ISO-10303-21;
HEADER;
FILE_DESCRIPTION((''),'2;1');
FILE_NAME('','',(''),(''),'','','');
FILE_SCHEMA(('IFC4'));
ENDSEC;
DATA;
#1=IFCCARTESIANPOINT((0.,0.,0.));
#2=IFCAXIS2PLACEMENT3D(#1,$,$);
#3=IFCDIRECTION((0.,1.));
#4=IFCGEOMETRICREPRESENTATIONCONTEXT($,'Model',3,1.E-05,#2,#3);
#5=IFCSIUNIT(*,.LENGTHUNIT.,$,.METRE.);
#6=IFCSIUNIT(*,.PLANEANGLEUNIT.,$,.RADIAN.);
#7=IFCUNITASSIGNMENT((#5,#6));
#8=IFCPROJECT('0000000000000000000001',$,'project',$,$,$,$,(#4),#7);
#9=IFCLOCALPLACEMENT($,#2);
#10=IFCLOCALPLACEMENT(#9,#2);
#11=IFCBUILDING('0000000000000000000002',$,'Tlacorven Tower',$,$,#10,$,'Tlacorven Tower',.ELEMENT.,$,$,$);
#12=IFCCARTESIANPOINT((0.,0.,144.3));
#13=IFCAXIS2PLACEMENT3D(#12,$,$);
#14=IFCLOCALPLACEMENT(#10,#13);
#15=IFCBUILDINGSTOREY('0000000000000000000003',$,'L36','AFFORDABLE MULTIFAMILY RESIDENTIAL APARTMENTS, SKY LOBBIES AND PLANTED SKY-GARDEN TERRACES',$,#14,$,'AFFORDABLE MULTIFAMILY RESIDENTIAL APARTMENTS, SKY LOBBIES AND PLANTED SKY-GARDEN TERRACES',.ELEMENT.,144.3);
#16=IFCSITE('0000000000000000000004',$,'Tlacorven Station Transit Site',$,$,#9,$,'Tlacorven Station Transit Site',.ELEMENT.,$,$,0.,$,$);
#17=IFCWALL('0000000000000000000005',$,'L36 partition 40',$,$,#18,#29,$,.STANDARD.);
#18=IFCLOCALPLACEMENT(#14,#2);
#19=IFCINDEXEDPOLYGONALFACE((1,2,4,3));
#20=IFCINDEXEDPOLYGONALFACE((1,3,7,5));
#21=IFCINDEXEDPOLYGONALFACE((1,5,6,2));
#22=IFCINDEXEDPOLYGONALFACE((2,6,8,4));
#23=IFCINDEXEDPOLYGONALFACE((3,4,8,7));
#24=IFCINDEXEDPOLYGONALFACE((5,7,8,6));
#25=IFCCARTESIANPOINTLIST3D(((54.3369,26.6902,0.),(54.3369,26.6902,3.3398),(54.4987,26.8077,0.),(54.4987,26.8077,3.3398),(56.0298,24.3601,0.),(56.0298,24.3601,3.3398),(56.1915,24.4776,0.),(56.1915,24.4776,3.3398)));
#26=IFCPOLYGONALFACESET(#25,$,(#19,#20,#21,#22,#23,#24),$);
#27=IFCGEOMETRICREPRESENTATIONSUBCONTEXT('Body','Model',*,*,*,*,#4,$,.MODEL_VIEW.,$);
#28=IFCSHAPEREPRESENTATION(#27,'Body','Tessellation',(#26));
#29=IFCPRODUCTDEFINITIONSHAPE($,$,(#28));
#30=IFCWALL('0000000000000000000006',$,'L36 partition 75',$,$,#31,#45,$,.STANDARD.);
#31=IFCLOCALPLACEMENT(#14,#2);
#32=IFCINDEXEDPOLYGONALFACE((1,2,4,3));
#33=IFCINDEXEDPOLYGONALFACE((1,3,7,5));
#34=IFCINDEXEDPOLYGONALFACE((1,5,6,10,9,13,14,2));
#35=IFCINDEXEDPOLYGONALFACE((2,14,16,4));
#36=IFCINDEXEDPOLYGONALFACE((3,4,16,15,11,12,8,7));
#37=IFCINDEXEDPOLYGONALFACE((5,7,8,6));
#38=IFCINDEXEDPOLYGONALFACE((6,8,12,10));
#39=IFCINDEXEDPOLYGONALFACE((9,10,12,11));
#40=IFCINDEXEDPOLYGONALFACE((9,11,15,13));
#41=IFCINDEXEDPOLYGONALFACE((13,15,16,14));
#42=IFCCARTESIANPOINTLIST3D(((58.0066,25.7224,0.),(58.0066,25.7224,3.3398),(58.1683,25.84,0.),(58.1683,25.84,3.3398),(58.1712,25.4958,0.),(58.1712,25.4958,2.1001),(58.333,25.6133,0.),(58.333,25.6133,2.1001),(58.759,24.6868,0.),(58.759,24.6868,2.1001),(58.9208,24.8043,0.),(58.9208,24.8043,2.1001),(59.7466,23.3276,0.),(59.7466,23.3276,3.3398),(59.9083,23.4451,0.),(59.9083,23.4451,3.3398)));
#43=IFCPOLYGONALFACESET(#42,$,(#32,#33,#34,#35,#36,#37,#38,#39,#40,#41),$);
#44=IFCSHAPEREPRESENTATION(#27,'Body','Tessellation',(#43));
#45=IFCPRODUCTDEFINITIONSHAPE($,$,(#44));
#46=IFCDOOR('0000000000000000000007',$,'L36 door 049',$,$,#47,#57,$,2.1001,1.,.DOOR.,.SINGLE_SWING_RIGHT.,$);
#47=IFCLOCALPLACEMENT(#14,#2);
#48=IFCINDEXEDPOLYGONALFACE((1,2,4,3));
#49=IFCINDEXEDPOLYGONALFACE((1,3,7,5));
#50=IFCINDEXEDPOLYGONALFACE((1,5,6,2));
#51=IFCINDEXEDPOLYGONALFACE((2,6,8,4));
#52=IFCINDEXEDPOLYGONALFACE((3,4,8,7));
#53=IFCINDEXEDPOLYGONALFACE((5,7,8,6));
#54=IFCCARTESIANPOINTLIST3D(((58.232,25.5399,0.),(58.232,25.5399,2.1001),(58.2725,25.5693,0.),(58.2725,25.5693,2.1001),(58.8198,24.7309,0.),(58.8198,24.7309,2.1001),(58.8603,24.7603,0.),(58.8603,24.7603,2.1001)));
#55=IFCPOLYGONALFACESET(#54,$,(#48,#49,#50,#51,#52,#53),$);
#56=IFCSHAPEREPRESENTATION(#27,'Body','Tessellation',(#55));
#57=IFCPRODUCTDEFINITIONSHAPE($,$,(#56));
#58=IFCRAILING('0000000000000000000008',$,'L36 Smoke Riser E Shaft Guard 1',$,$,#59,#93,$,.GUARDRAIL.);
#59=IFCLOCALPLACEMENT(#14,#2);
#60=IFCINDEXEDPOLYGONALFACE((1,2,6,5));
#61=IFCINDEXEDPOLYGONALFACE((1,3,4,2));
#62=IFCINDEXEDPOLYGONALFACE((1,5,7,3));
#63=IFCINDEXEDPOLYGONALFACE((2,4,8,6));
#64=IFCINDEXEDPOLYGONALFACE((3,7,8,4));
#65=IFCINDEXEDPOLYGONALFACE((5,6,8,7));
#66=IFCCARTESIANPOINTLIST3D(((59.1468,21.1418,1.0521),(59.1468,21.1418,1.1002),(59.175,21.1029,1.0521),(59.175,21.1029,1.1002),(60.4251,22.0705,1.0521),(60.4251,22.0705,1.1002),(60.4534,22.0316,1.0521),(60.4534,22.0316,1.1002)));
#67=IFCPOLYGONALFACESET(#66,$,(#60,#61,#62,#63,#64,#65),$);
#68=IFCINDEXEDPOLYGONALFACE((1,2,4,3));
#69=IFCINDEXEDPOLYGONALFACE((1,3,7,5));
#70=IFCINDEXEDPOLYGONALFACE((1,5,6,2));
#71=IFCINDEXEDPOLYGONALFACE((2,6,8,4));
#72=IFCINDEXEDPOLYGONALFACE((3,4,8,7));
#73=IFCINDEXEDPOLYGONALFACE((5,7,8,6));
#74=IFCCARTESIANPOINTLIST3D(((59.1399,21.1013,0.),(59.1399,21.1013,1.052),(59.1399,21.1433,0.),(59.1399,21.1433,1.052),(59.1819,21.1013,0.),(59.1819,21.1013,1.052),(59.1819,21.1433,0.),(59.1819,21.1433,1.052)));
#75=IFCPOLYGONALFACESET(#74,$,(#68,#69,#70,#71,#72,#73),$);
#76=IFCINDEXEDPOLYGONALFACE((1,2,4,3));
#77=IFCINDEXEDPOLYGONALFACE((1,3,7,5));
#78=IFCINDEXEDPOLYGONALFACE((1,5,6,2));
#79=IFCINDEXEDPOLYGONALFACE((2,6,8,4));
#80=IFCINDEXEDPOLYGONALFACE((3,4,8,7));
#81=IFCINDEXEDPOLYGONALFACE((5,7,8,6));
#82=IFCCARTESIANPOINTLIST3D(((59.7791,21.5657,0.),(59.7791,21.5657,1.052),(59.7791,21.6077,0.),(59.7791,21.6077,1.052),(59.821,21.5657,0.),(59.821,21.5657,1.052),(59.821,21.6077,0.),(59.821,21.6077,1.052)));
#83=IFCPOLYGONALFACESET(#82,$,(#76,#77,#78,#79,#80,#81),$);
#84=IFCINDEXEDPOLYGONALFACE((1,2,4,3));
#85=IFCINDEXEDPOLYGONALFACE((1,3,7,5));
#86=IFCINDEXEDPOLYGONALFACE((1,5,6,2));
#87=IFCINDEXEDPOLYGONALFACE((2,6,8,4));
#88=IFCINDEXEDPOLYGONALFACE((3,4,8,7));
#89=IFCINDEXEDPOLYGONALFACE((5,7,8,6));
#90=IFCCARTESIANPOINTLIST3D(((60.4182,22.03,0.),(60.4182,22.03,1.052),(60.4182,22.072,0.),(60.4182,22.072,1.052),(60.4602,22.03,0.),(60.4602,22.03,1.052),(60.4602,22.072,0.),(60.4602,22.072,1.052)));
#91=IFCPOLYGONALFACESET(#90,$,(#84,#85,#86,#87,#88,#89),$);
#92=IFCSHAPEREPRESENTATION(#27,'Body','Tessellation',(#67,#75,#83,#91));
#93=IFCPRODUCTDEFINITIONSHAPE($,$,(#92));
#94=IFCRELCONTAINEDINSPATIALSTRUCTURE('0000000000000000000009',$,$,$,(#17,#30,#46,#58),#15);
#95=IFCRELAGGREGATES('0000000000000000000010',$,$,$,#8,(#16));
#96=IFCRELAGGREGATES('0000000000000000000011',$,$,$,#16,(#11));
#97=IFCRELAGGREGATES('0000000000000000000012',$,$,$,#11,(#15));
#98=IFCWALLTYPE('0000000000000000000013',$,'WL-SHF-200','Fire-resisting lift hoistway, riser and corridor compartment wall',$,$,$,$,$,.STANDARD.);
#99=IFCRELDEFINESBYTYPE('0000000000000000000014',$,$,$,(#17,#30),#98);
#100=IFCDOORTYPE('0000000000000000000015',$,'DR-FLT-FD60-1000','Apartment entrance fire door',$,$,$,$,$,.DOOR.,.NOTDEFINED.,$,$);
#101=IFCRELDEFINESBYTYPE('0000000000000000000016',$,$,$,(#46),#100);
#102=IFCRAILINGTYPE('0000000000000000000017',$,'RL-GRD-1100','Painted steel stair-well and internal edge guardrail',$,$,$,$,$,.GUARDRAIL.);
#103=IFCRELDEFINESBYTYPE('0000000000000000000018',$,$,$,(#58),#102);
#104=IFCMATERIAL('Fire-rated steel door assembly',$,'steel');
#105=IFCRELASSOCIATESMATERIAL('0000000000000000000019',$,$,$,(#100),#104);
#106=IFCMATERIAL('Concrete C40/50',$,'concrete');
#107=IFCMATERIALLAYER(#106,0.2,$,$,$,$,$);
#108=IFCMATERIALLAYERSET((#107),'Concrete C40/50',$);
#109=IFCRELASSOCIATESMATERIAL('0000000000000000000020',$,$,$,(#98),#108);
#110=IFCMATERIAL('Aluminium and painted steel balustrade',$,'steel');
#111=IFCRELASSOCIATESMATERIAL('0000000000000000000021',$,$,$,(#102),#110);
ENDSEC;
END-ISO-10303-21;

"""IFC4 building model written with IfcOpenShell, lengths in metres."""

from ifc_helpers import new_model, si_unit, direction, frame, frame_2d, origin, origin_2d, place, context, subcontext, project, spatial, rectangle, extrude, source, transform, mapped, material, layer, layer_set, type_object, element, fill, save


model = new_model("IFC4")

# Units and contexts
model_context = context("Model", 3, precision=1e-05, world=origin(), true_north=direction((0.0, 1.0)))
body_context = subcontext(model_context, "Body", "Model", "MODEL_VIEW")
ifc_project = project(units=[si_unit("LENGTHUNIT", "METRE"), si_unit("PLANEANGLEUNIT", "RADIAN")], contexts=[model_context])

# Site, building, storey
site_placement = place(None, origin())
site = spatial("IfcSite", under=ifc_project, at=site_placement, Name="Tlacorven Station Transit Site", LongName="Tlacorven Station Transit Site", CompositionType="ELEMENT", RefElevation=0.0)
building_placement = place(site_placement, origin())
building = spatial("IfcBuilding", under=site, at=building_placement, Name="Tlacorven Tower", LongName="Tlacorven Tower", CompositionType="ELEMENT")
storey_placement = place(building_placement, frame((0.0, 0.0, 144.3)))
storey = spatial("IfcBuildingStorey", under=building, at=storey_placement, Name="L36", Description="AFFORDABLE MULTIFAMILY RESIDENTIAL APARTMENTS, SKY LOBBIES AND PLANTED SKY-GARDEN TERRACES", LongName="AFFORDABLE MULTIFAMILY RESIDENTIAL APARTMENTS, SKY LOBBIES AND PLANTED SKY-GARDEN TERRACES", CompositionType="ELEMENT", Elevation=144.3)

# Shared definitions
ifc_material_1 = material(Name="Fire-rated steel door assembly", Category="steel")
door_type_1 = type_object("IfcDoorType", Name="DR-FLT-FD60-1000", Description="Apartment entrance fire door", OperationType="NOTDEFINED", PredefinedType="DOOR", material=ifc_material_1)
shared_shape_1 = source(origin(), body_context, "Body", "SweptSolid", [
    extrude(rectangle(XDim=1.0, YDim=2.1001, at=frame_2d((0.5, 1.05))), frame((0.0, 0.0249, 0.0), z_axis=(0.0, -1.0, 0.0), x_axis=(1.0, 0.0, 0.0)), (0.0, 0.0, 1.0), 0.05),
])

# Shared definitions
ifc_material_2 = material(Name="Concrete C40/50", Category="concrete")
ifc_layer_1 = layer(ifc_material_2, 0.2)
ifc_layer_set_1 = layer_set([ifc_layer_1], Name="Concrete C40/50")
wall_type_1 = type_object("IfcWallType", Name="WL-SHF-200", Description="Fire-resisting lift hoistway, riser and corridor compartment wall", PredefinedType="STANDARD", material=ifc_layer_set_1)

# Wall
wall_1_placement = place(storey_placement, frame((56.1106, 24.4189, 0.0), z_axis=(0.0, 0.0, 1.0), x_axis=(-0.587778, 0.809022, 0.0)))
element("IfcWall", 1, at=wall_1_placement, inside=storey, type_object=wall_type_1, Name="L36 partition 40", PredefinedType="STANDARD", context=body_context, shape_type="SweptSolid", body=[
    extrude(rectangle(XDim=2.8801, YDim=0.2, at=frame_2d((1.4399, 0.0))), origin(), (0.0, 0.0, 1.0), 3.3398),
])

# Wall, opening, door
wall_2_placement = place(storey_placement, frame((59.8274, 23.3865, 0.0), z_axis=(0.0, 0.0, 1.0), x_axis=(-0.587804, 0.809003, 0.0)))
wall_2 = element("IfcWall", 2, at=wall_2_placement, inside=storey, type_object=wall_type_1, Name="L36 partition 75", PredefinedType="STANDARD", context=body_context, shape_type="SweptSolid", body=[
    extrude(rectangle(XDim=2.9602, YDim=0.2, at=frame_2d((1.48, 0.0))), origin(), (0.0, 0.0, 1.0), 3.3398),
])
opening_1_placement = place(wall_2_placement, frame((1.6799, 0.0, 0.0)))
opening_1 = element("IfcOpeningElement", 3, at=opening_1_placement, cuts=wall_2, PredefinedType="OPENING", context=body_context, shape_type="SweptSolid", body=[
    extrude(rectangle(XDim=1.0, YDim=2.1001, at=frame_2d((0.5, 1.05))), frame((0.0, 0.1099, 0.0), z_axis=(0.0, -1.0, 0.0), x_axis=(1.0, 0.0, 0.0)), (0.0, 0.0, 1.0), 0.22),
])
door_1_placement = place(opening_1_placement, origin())
door_1 = element("IfcDoor", 4, at=door_1_placement, inside=storey, type_object=door_type_1, Name="L36 door 049", OperationType="SINGLE_SWING_RIGHT", OverallHeight=2.1001, OverallWidth=1.0, PredefinedType="DOOR", context=body_context, shape_type="MappedRepresentation", body=[
    mapped(shared_shape_1, transform((0.0, 0.0, 0.0), scale=1.0)),
])
fill(opening_1, door_1)

# Railing
ifc_material_3 = material(Name="Aluminium and painted steel balustrade", Category="steel")
railing_type = type_object("IfcRailingType", Name="RL-GRD-1100", Description="Painted steel stair-well and internal edge guardrail", PredefinedType="GUARDRAIL", material=ifc_material_3)
shared_shape_2 = source(origin(), body_context, "Body", "SweptSolid", [
    extrude(rectangle(XDim=0.0481, YDim=0.0481, at=origin_2d()), frame((0.0, 0.0, 1.0762), z_axis=(0.80903, 0.587767, 0.0), x_axis=(-0.587767, 0.80903, 0.0)), (0.0, 0.0, 1.0), 1.5801),
    extrude(rectangle(XDim=0.042, YDim=0.042, at=origin_2d()), origin(), (0.0, 0.0, 1.0), 1.052),
    extrude(rectangle(XDim=0.042, YDim=0.042, at=origin_2d()), frame((0.6392, 0.4644, 0.0)), (0.0, 0.0, 1.0), 1.052),
    extrude(rectangle(XDim=0.042, YDim=0.042, at=origin_2d()), frame((1.2783, 0.9287, 0.0)), (0.0, 0.0, 1.0), 1.052),
])
railing_placement = place(storey_placement, frame((59.1609, 21.1223, 0.0)))
element("IfcRailing", 5, at=railing_placement, inside=storey, type_object=railing_type, Name="L36 Smoke Riser E Shaft Guard 1", PredefinedType="GUARDRAIL", context=body_context, shape_type="MappedRepresentation", body=[
    mapped(shared_shape_2, transform((0.0, 0.0, 0.0), scale=1.0)),
])

save(model, "model.ifc")
